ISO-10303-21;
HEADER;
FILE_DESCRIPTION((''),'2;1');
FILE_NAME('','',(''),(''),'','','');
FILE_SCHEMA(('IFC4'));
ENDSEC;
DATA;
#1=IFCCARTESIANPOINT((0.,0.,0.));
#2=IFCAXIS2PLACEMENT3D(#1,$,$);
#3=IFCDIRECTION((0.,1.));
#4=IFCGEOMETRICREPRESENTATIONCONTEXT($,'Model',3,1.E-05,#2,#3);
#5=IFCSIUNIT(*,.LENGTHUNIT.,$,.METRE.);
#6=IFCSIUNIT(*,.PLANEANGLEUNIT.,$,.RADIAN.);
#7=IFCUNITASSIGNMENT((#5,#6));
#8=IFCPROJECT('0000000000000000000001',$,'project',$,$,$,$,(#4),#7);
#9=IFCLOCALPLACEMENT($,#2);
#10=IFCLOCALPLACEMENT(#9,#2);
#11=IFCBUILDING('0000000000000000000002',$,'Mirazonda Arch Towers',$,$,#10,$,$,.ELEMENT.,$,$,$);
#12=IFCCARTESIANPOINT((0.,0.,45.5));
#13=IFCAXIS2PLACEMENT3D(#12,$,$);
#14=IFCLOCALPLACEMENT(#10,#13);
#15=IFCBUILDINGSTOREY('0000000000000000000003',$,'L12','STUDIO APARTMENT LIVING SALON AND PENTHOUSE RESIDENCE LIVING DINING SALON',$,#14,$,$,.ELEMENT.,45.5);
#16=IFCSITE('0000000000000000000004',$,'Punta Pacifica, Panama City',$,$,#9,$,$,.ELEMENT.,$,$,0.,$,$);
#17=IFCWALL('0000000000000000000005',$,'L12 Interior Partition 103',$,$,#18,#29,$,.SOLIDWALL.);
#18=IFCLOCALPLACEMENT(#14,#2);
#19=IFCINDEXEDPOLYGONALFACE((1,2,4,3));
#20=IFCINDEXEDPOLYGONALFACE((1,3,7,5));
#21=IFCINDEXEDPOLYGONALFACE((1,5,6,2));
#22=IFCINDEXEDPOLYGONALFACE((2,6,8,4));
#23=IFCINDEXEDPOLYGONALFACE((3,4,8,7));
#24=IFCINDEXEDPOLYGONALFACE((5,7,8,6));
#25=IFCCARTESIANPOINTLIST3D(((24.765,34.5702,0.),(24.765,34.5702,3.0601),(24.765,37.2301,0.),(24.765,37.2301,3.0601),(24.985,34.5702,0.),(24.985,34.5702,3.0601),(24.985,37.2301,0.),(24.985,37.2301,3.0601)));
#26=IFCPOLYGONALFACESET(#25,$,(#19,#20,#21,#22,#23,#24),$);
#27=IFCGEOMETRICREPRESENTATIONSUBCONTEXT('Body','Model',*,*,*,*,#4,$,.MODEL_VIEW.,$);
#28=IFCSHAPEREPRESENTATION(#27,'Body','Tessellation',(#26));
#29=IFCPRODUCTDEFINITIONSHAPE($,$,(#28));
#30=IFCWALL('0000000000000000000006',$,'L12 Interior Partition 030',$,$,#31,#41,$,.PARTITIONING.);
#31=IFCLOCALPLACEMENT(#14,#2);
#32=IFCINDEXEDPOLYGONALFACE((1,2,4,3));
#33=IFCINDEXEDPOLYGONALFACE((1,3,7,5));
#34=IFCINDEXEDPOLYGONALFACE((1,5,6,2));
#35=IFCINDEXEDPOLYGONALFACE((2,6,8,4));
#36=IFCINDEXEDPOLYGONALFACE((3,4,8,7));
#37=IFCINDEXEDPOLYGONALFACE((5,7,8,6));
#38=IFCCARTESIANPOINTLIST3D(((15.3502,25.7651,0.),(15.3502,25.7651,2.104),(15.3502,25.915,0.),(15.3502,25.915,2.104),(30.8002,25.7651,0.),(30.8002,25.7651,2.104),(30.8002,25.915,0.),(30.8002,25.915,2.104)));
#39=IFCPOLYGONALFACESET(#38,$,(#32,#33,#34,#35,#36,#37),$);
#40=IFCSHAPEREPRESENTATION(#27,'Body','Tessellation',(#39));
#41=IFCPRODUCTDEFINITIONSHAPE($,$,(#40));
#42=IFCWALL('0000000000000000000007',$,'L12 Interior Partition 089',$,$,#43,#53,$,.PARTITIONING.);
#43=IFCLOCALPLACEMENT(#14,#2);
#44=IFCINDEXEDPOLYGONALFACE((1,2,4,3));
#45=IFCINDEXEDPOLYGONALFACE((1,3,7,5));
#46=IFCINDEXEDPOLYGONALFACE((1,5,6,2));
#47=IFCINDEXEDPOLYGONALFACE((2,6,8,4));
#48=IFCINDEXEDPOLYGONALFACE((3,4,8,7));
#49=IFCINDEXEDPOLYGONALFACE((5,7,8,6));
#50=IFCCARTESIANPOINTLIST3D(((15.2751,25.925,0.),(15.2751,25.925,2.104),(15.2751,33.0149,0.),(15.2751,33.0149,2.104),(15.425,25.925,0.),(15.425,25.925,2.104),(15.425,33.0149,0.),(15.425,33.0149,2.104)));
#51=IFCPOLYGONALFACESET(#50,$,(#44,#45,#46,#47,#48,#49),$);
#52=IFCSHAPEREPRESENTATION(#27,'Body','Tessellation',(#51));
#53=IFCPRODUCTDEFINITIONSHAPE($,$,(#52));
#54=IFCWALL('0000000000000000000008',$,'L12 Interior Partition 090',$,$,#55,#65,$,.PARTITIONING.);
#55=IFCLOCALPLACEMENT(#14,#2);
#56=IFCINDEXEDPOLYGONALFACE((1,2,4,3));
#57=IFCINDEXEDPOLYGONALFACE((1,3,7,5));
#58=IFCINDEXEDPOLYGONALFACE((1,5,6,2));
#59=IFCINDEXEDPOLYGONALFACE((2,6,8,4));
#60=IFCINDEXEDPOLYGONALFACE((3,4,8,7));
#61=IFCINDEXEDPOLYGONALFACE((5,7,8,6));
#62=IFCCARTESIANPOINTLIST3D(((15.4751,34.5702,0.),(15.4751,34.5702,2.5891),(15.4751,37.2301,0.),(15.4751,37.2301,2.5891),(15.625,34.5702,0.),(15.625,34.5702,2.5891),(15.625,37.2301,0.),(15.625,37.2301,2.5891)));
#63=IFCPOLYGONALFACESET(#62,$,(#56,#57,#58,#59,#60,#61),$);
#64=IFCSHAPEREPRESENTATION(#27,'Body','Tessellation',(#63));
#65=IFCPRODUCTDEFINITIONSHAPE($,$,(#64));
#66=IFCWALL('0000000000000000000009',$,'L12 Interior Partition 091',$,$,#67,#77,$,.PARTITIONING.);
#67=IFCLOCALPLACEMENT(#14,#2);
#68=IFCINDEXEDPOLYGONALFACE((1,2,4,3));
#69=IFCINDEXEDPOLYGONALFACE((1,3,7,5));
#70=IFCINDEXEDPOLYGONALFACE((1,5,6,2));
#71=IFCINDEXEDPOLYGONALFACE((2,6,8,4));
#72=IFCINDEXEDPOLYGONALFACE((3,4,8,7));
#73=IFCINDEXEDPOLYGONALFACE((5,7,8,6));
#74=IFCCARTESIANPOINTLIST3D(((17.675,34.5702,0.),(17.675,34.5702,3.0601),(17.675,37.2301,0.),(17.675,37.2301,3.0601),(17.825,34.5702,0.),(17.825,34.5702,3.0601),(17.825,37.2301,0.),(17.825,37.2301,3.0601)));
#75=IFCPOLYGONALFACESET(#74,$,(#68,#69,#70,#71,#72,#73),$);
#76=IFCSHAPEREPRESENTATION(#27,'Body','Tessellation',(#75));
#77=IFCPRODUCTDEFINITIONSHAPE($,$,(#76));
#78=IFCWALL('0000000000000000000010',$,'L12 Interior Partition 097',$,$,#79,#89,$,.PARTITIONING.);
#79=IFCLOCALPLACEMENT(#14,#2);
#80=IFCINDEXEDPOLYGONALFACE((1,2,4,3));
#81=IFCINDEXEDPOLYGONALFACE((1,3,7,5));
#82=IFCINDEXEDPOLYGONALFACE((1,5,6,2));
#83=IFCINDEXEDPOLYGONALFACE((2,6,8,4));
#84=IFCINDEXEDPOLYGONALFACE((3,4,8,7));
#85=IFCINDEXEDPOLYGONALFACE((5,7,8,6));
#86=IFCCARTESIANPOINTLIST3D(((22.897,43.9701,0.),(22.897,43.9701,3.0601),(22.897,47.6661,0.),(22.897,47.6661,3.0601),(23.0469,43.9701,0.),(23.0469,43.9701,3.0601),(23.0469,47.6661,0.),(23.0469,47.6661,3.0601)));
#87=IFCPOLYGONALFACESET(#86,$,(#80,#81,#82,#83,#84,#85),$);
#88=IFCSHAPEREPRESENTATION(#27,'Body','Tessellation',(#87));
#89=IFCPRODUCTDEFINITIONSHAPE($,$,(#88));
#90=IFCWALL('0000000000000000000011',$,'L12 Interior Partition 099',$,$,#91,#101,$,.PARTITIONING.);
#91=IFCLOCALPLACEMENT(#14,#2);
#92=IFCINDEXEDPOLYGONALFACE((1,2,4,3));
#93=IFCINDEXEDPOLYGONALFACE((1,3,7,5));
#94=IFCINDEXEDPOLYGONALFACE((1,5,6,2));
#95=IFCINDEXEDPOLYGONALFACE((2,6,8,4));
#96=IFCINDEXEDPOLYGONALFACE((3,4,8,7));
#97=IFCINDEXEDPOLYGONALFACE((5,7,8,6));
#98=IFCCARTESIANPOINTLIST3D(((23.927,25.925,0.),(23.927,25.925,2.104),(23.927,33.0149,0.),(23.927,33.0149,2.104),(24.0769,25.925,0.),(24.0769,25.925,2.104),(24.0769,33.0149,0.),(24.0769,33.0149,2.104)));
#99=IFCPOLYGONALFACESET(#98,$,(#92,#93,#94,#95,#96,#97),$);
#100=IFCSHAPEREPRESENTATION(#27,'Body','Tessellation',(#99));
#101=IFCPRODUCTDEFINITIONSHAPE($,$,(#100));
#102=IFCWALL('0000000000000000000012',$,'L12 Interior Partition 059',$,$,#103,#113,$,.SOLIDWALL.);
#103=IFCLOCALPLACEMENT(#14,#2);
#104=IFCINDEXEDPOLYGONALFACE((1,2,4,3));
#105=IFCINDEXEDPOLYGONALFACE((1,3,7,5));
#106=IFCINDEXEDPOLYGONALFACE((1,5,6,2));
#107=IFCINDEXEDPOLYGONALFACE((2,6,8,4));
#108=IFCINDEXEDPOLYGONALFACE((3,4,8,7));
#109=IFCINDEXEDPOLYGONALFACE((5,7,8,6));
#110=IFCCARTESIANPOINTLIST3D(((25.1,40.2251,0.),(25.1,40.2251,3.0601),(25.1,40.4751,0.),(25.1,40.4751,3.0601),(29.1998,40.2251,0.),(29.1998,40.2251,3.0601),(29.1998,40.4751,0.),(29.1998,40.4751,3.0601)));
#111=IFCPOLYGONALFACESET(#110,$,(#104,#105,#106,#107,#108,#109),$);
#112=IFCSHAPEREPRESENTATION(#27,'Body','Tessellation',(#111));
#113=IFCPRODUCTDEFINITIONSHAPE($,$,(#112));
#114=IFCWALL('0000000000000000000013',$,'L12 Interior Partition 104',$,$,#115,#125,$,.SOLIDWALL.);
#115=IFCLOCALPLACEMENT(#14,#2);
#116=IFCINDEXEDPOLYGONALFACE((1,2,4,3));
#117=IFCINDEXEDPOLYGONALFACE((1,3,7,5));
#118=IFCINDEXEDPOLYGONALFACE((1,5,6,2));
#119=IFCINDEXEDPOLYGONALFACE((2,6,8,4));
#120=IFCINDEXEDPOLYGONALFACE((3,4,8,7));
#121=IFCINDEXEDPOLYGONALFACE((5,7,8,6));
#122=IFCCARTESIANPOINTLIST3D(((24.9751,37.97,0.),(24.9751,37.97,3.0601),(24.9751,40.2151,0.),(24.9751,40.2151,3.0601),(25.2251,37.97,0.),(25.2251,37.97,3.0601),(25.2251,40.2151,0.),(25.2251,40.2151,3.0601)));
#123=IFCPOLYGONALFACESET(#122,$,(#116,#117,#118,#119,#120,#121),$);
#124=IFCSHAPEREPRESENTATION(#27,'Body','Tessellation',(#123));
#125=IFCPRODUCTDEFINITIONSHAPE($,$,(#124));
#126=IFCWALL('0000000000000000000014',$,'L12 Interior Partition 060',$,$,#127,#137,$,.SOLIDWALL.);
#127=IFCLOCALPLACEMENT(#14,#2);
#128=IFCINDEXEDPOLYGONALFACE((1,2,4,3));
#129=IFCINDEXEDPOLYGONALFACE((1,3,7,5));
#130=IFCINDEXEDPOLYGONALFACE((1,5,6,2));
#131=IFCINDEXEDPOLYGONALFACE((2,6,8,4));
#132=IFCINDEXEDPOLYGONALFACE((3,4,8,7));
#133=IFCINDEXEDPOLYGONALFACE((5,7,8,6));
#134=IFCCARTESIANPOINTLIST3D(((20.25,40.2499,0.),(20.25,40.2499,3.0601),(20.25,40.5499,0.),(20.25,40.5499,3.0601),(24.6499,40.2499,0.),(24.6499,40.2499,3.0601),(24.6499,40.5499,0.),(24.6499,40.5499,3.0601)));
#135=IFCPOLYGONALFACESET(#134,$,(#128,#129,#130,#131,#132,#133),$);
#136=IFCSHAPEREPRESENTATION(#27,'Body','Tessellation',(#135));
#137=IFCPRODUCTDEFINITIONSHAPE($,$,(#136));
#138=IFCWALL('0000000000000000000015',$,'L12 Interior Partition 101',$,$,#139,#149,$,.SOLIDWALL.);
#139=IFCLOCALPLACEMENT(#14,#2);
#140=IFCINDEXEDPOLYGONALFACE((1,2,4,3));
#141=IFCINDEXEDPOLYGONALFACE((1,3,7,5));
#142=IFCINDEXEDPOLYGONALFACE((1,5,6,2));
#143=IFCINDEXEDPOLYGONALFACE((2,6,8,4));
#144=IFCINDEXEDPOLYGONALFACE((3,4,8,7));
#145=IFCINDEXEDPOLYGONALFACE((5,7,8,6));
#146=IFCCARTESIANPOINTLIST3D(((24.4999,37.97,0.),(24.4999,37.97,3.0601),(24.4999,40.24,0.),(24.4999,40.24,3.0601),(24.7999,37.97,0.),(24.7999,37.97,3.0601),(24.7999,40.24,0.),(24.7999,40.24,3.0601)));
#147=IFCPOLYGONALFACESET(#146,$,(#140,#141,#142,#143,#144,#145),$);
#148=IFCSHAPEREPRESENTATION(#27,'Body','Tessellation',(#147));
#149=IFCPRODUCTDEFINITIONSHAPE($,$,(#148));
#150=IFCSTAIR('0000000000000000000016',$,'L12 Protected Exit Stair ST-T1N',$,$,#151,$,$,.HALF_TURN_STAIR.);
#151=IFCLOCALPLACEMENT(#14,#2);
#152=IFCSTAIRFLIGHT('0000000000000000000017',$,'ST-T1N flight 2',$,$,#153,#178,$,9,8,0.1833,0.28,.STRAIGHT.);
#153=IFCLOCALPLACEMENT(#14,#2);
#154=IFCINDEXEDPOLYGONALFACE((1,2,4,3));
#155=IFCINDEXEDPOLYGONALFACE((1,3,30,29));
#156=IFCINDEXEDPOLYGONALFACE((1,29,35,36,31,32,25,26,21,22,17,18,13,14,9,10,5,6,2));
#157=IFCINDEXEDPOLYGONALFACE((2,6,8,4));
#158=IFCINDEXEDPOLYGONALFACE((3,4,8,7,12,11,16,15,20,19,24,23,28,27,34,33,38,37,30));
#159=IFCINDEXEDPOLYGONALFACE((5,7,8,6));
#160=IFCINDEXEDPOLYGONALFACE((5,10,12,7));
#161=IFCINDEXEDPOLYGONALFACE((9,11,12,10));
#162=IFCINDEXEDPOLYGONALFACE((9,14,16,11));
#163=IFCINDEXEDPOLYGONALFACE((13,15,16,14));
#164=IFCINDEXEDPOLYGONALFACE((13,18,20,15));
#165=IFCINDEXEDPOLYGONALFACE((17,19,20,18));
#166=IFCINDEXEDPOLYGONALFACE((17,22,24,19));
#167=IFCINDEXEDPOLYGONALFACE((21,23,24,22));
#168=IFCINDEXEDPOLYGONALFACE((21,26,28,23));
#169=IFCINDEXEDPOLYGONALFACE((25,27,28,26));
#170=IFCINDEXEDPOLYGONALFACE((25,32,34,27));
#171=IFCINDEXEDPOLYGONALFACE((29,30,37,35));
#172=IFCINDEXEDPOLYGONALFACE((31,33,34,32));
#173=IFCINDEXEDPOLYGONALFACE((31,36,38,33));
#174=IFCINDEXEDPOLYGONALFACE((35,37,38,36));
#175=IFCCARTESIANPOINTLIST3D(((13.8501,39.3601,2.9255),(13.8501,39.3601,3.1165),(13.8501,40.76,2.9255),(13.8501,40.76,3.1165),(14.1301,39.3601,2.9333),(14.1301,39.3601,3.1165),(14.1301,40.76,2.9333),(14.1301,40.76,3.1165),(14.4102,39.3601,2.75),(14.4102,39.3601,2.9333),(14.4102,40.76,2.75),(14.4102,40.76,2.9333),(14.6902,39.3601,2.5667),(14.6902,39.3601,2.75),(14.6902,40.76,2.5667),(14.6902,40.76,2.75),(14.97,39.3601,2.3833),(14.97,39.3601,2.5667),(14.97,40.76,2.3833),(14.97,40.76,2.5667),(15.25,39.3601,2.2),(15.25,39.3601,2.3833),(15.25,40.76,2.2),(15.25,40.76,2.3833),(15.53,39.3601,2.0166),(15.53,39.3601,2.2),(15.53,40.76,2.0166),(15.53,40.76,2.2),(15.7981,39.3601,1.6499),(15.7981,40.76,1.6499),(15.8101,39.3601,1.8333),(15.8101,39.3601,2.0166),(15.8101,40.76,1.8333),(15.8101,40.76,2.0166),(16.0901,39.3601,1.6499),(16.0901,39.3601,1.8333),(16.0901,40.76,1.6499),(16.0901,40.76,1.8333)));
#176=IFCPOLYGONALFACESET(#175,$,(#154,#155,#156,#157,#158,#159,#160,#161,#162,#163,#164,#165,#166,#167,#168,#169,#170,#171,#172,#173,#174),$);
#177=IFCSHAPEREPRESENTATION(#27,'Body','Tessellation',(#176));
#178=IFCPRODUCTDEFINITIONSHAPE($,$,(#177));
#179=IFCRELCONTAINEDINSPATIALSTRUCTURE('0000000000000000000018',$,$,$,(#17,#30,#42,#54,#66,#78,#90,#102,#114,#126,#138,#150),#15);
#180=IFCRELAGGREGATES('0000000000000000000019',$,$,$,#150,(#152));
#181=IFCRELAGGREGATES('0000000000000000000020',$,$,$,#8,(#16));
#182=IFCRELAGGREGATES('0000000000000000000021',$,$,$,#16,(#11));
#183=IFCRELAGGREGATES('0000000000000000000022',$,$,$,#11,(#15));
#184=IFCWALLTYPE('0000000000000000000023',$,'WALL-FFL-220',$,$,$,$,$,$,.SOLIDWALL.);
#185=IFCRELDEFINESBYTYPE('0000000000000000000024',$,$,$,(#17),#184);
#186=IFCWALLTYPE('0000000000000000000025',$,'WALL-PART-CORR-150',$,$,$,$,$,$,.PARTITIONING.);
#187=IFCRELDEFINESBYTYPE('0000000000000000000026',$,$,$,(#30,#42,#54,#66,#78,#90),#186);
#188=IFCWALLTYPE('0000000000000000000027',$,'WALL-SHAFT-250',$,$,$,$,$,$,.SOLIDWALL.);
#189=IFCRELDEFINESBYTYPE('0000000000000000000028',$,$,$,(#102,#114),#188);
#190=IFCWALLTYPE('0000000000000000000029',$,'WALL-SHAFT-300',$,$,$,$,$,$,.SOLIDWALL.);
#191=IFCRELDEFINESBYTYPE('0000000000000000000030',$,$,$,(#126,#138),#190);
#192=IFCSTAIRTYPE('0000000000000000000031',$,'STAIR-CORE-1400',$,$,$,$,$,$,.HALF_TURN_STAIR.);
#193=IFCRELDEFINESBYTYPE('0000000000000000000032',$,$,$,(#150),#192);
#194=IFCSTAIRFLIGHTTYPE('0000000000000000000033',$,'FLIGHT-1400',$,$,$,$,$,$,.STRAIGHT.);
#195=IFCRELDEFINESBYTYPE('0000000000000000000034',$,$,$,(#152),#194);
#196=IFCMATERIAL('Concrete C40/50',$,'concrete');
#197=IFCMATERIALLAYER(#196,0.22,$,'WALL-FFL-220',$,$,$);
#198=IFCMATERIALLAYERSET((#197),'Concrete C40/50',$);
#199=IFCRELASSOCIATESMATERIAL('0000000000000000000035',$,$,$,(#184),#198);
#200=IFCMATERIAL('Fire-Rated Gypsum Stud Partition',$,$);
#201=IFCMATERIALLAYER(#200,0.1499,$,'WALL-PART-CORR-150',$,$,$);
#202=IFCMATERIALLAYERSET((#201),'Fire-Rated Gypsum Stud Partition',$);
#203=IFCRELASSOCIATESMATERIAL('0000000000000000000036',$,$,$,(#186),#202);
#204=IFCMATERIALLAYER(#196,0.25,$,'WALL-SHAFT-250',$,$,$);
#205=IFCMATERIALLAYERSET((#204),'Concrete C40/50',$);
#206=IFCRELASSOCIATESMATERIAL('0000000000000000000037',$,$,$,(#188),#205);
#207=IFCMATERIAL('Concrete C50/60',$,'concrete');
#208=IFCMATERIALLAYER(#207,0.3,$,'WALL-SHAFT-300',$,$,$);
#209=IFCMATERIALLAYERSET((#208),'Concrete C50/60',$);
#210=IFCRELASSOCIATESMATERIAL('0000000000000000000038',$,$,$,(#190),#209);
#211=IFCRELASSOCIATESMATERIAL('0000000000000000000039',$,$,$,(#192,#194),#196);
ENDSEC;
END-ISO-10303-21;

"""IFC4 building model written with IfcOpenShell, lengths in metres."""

from ifc_helpers import new_model, si_unit, direction, frame, frame_2d, origin, place, context, subcontext, project, spatial, polyline, rectangle, outline, extrude, material, layer, layer_set, type_object, element, aggregate, save


model = new_model("IFC4")

# Units and contexts
model_context = context("Model", 3, precision=1e-05, world=origin(), true_north=direction((0.0, 1.0)))
body_context = subcontext(model_context, "Body", "Model", "MODEL_VIEW")
ifc_project = project(units=[si_unit("LENGTHUNIT", "METRE"), si_unit("PLANEANGLEUNIT", "RADIAN")], contexts=[model_context])

# Site, building, storey
site_placement = place(None, origin())
site = spatial("IfcSite", under=ifc_project, at=site_placement, Name="Punta Pacifica, Panama City", CompositionType="ELEMENT", RefElevation=0.0)
building_placement = place(site_placement, origin())
building = spatial("IfcBuilding", under=site, at=building_placement, Name="Mirazonda Arch Towers", CompositionType="ELEMENT")
storey_placement = place(building_placement, frame((0.0, 0.0, 45.5)))
storey = spatial("IfcBuildingStorey", under=building, at=storey_placement, Name="L12", Description="STUDIO APARTMENT LIVING SALON AND PENTHOUSE RESIDENCE LIVING DINING SALON", CompositionType="ELEMENT", Elevation=45.5)

# Shared definitions
ifc_material_1 = material(Name="Concrete C40/50", Category="concrete")
ifc_layer_1 = layer(ifc_material_1, 0.22, Name="WALL-FFL-220")
ifc_layer_set_1 = layer_set([ifc_layer_1], Name="Concrete C40/50")
wall_type_1 = type_object("IfcWallType", Name="WALL-FFL-220", PredefinedType="SOLIDWALL", material=ifc_layer_set_1)

# Walls
for number, where, z_axis, x_axis, name in (
    (1, (24.875, 34.5701, 0.0), (0.0, 0.0, 1.0), (0.0, 1.0, 0.0), "L12 Interior Partition 103"),
):
    element("IfcWall", number, at=place(storey_placement, frame(where, z_axis=z_axis, x_axis=x_axis)), inside=storey, type_object=wall_type_1, Name=name, PredefinedType="SOLIDWALL", context=body_context, shape_type="SweptSolid", body=[
        extrude(rectangle(XDim=2.6599, YDim=0.22, at=frame_2d((1.3301, 0.0))), origin(), (0.0, 0.0, 1.0), 3.0601),
    ])
ifc_material_2 = material(Name="Fire-Rated Gypsum Stud Partition")
ifc_layer_2 = layer(ifc_material_2, 0.1499, Name="WALL-PART-CORR-150")
ifc_layer_set_2 = layer_set([ifc_layer_2], Name="Fire-Rated Gypsum Stud Partition")
wall_type_2 = type_object("IfcWallType", Name="WALL-PART-CORR-150", PredefinedType="PARTITIONING", material=ifc_layer_set_2)
wall_1_placement = place(storey_placement, frame((15.3501, 25.8401, 0.0), z_axis=(0.0, 0.0, 1.0), x_axis=(1.0, 0.0, 0.0)))
element("IfcWall", 2, at=wall_1_placement, inside=storey, type_object=wall_type_2, Name="L12 Interior Partition 030", PredefinedType="PARTITIONING", context=body_context, shape_type="SweptSolid", body=[
    extrude(rectangle(XDim=15.45, YDim=0.1499, at=frame_2d((7.7251, 0.0))), origin(), (0.0, 0.0, 1.0), 2.104),
])
wall_2_placement = place(storey_placement, frame((15.3501, 25.925, 0.0), z_axis=(0.0, 0.0, 1.0), x_axis=(0.0, 1.0, 0.0)))
element("IfcWall", 3, at=wall_2_placement, inside=storey, type_object=wall_type_2, Name="L12 Interior Partition 089", PredefinedType="PARTITIONING", context=body_context, shape_type="SweptSolid", body=[
    extrude(rectangle(XDim=7.0898, YDim=0.1499, at=frame_2d((3.5449, 0.0))), origin(), (0.0, 0.0, 1.0), 2.104),
])
wall_3_placement = place(storey_placement, frame((15.55, 34.5701, 0.0), z_axis=(0.0, 0.0, 1.0), x_axis=(0.0, 1.0, 0.0)))
element("IfcWall", 4, at=wall_3_placement, inside=storey, type_object=wall_type_2, Name="L12 Interior Partition 090", PredefinedType="PARTITIONING", context=body_context, shape_type="SweptSolid", body=[
    extrude(rectangle(XDim=2.6599, YDim=0.1499, at=frame_2d((1.3301, 0.0))), origin(), (0.0, 0.0, 1.0), 2.5891),
])
wall_4_placement = place(storey_placement, frame((17.75, 34.5701, 0.0), z_axis=(0.0, 0.0, 1.0), x_axis=(0.0, 1.0, 0.0)))
element("IfcWall", 5, at=wall_4_placement, inside=storey, type_object=wall_type_2, Name="L12 Interior Partition 091", PredefinedType="PARTITIONING", context=body_context, shape_type="SweptSolid", body=[
    extrude(rectangle(XDim=2.6599, YDim=0.1499, at=frame_2d((1.3301, 0.0))), origin(), (0.0, 0.0, 1.0), 3.0601),
])
wall_5_placement = place(storey_placement, frame((22.9719, 43.97, 0.0), z_axis=(0.0, 0.0, 1.0), x_axis=(0.0, 1.0, 0.0)))
element("IfcWall", 6, at=wall_5_placement, inside=storey, type_object=wall_type_2, Name="L12 Interior Partition 097", PredefinedType="PARTITIONING", context=body_context, shape_type="SweptSolid", body=[
    extrude(rectangle(XDim=3.696, YDim=0.1499, at=frame_2d((1.8481, 0.0))), origin(), (0.0, 0.0, 1.0), 3.0601),
])
wall_6_placement = place(storey_placement, frame((24.002, 25.925, 0.0), z_axis=(0.0, 0.0, 1.0), x_axis=(0.0, 1.0, 0.0)))
element("IfcWall", 7, at=wall_6_placement, inside=storey, type_object=wall_type_2, Name="L12 Interior Partition 099", PredefinedType="PARTITIONING", context=body_context, shape_type="SweptSolid", body=[
    extrude(rectangle(XDim=7.0898, YDim=0.1499, at=frame_2d((3.5449, 0.0))), origin(), (0.0, 0.0, 1.0), 2.104),
])
ifc_layer_3 = layer(ifc_material_1, 0.25, Name="WALL-SHAFT-250")
ifc_layer_set_3 = layer_set([ifc_layer_3], Name="Concrete C40/50")
wall_type_3 = type_object("IfcWallType", Name="WALL-SHAFT-250", PredefinedType="SOLIDWALL", material=ifc_layer_set_3)
wall_7_placement = place(storey_placement, frame((25.1001, 40.3501, 0.0), z_axis=(0.0, 0.0, 1.0), x_axis=(1.0, 0.0, 0.0)))
element("IfcWall", 8, at=wall_7_placement, inside=storey, type_object=wall_type_3, Name="L12 Interior Partition 059", PredefinedType="SOLIDWALL", context=body_context, shape_type="SweptSolid", body=[
    extrude(rectangle(XDim=4.0999, YDim=0.25, at=frame_2d((2.0498, 0.0))), origin(), (0.0, 0.0, 1.0), 3.0601),
])
wall_8_placement = place(storey_placement, frame((25.1001, 37.97, 0.0), z_axis=(0.0, 0.0, 1.0), x_axis=(0.0, 1.0, 0.0)))
element("IfcWall", 9, at=wall_8_placement, inside=storey, type_object=wall_type_3, Name="L12 Interior Partition 104", PredefinedType="SOLIDWALL", context=body_context, shape_type="SweptSolid", body=[
    extrude(rectangle(XDim=2.2451, YDim=0.25, at=frame_2d((1.1226, 0.0))), origin(), (0.0, 0.0, 1.0), 3.0601),
])
ifc_material_3 = material(Name="Concrete C50/60", Category="concrete")
ifc_layer_4 = layer(ifc_material_3, 0.3, Name="WALL-SHAFT-300")
ifc_layer_set_4 = layer_set([ifc_layer_4], Name="Concrete C50/60")
wall_type_4 = type_object("IfcWallType", Name="WALL-SHAFT-300", PredefinedType="SOLIDWALL", material=ifc_layer_set_4)
wall_9_placement = place(storey_placement, frame((20.25, 40.3999, 0.0), z_axis=(0.0, 0.0, 1.0), x_axis=(1.0, 0.0, 0.0)))
element("IfcWall", 10, at=wall_9_placement, inside=storey, type_object=wall_type_4, Name="L12 Interior Partition 060", PredefinedType="SOLIDWALL", context=body_context, shape_type="SweptSolid", body=[
    extrude(rectangle(XDim=4.3999, YDim=0.3, at=frame_2d((2.2, 0.0))), origin(), (0.0, 0.0, 1.0), 3.0601),
])
wall_10_placement = place(storey_placement, frame((24.6499, 37.97, 0.0), z_axis=(0.0, 0.0, 1.0), x_axis=(0.0, 1.0, 0.0)))
element("IfcWall", 11, at=wall_10_placement, inside=storey, type_object=wall_type_4, Name="L12 Interior Partition 101", PredefinedType="SOLIDWALL", context=body_context, shape_type="SweptSolid", body=[
    extrude(rectangle(XDim=2.27, YDim=0.3, at=frame_2d((1.135, 0.0))), origin(), (0.0, 0.0, 1.0), 3.0601),
])

# Stair, stair flight
stair_type = type_object("IfcStairType", Name="STAIR-CORE-1400", PredefinedType="HALF_TURN_STAIR", material=ifc_material_1)
stair_placement = place(storey_placement, origin())
stair = element("IfcStair", 12, at=stair_placement, inside=storey, type_object=stair_type, Name="L12 Protected Exit Stair ST-T1N", PredefinedType="HALF_TURN_STAIR")
stair_flight_type = type_object("IfcStairFlightType", Name="FLIGHT-1400", PredefinedType="STRAIGHT", material=ifc_material_1)
stair_flight_placement = place(storey_placement, frame((16.0901, 40.0601, 1.6499), z_axis=(0.0, 0.0, 1.0), x_axis=(-1.0, 0.0, 0.0)))
stair_flight = element("IfcStairFlight", 13, at=stair_flight_placement, type_object=stair_flight_type, Name="ST-T1N flight 2", NumberOfRisers=9, NumberOfTreads=8, PredefinedType="STRAIGHT", RiserHeight=0.1833, TreadLength=0.28, context=body_context, shape_type="SweptSolid", body=[
    extrude(outline(polyline([(0.0, 0.0), (0.0, 0.1833), (0.28, 0.1833), (0.28, 0.3667), (0.5601, 0.3667), (0.5601, 0.55), (0.8401, 0.55), (0.8401, 0.7334), (1.1201, 0.7334), (1.1201, 0.9167), (1.3999, 0.9167), (1.3999, 1.1001), (1.6799, 1.1001), (1.6799, 1.2834), (1.96, 1.2834), (1.96, 1.4666), (2.24, 1.4666), (2.24, 1.6499), (2.24, 1.2756), (0.292, 0.0), (0.0, 0.0)])), frame((0.0, 0.7, 0.0), z_axis=(0.0, -1.0, 0.0), x_axis=(1.0, 0.0, 0.0)), (0.0, 0.0, 1.0), 1.3999),
])
aggregate(stair, [stair_flight])

save(model, "model.ifc")
